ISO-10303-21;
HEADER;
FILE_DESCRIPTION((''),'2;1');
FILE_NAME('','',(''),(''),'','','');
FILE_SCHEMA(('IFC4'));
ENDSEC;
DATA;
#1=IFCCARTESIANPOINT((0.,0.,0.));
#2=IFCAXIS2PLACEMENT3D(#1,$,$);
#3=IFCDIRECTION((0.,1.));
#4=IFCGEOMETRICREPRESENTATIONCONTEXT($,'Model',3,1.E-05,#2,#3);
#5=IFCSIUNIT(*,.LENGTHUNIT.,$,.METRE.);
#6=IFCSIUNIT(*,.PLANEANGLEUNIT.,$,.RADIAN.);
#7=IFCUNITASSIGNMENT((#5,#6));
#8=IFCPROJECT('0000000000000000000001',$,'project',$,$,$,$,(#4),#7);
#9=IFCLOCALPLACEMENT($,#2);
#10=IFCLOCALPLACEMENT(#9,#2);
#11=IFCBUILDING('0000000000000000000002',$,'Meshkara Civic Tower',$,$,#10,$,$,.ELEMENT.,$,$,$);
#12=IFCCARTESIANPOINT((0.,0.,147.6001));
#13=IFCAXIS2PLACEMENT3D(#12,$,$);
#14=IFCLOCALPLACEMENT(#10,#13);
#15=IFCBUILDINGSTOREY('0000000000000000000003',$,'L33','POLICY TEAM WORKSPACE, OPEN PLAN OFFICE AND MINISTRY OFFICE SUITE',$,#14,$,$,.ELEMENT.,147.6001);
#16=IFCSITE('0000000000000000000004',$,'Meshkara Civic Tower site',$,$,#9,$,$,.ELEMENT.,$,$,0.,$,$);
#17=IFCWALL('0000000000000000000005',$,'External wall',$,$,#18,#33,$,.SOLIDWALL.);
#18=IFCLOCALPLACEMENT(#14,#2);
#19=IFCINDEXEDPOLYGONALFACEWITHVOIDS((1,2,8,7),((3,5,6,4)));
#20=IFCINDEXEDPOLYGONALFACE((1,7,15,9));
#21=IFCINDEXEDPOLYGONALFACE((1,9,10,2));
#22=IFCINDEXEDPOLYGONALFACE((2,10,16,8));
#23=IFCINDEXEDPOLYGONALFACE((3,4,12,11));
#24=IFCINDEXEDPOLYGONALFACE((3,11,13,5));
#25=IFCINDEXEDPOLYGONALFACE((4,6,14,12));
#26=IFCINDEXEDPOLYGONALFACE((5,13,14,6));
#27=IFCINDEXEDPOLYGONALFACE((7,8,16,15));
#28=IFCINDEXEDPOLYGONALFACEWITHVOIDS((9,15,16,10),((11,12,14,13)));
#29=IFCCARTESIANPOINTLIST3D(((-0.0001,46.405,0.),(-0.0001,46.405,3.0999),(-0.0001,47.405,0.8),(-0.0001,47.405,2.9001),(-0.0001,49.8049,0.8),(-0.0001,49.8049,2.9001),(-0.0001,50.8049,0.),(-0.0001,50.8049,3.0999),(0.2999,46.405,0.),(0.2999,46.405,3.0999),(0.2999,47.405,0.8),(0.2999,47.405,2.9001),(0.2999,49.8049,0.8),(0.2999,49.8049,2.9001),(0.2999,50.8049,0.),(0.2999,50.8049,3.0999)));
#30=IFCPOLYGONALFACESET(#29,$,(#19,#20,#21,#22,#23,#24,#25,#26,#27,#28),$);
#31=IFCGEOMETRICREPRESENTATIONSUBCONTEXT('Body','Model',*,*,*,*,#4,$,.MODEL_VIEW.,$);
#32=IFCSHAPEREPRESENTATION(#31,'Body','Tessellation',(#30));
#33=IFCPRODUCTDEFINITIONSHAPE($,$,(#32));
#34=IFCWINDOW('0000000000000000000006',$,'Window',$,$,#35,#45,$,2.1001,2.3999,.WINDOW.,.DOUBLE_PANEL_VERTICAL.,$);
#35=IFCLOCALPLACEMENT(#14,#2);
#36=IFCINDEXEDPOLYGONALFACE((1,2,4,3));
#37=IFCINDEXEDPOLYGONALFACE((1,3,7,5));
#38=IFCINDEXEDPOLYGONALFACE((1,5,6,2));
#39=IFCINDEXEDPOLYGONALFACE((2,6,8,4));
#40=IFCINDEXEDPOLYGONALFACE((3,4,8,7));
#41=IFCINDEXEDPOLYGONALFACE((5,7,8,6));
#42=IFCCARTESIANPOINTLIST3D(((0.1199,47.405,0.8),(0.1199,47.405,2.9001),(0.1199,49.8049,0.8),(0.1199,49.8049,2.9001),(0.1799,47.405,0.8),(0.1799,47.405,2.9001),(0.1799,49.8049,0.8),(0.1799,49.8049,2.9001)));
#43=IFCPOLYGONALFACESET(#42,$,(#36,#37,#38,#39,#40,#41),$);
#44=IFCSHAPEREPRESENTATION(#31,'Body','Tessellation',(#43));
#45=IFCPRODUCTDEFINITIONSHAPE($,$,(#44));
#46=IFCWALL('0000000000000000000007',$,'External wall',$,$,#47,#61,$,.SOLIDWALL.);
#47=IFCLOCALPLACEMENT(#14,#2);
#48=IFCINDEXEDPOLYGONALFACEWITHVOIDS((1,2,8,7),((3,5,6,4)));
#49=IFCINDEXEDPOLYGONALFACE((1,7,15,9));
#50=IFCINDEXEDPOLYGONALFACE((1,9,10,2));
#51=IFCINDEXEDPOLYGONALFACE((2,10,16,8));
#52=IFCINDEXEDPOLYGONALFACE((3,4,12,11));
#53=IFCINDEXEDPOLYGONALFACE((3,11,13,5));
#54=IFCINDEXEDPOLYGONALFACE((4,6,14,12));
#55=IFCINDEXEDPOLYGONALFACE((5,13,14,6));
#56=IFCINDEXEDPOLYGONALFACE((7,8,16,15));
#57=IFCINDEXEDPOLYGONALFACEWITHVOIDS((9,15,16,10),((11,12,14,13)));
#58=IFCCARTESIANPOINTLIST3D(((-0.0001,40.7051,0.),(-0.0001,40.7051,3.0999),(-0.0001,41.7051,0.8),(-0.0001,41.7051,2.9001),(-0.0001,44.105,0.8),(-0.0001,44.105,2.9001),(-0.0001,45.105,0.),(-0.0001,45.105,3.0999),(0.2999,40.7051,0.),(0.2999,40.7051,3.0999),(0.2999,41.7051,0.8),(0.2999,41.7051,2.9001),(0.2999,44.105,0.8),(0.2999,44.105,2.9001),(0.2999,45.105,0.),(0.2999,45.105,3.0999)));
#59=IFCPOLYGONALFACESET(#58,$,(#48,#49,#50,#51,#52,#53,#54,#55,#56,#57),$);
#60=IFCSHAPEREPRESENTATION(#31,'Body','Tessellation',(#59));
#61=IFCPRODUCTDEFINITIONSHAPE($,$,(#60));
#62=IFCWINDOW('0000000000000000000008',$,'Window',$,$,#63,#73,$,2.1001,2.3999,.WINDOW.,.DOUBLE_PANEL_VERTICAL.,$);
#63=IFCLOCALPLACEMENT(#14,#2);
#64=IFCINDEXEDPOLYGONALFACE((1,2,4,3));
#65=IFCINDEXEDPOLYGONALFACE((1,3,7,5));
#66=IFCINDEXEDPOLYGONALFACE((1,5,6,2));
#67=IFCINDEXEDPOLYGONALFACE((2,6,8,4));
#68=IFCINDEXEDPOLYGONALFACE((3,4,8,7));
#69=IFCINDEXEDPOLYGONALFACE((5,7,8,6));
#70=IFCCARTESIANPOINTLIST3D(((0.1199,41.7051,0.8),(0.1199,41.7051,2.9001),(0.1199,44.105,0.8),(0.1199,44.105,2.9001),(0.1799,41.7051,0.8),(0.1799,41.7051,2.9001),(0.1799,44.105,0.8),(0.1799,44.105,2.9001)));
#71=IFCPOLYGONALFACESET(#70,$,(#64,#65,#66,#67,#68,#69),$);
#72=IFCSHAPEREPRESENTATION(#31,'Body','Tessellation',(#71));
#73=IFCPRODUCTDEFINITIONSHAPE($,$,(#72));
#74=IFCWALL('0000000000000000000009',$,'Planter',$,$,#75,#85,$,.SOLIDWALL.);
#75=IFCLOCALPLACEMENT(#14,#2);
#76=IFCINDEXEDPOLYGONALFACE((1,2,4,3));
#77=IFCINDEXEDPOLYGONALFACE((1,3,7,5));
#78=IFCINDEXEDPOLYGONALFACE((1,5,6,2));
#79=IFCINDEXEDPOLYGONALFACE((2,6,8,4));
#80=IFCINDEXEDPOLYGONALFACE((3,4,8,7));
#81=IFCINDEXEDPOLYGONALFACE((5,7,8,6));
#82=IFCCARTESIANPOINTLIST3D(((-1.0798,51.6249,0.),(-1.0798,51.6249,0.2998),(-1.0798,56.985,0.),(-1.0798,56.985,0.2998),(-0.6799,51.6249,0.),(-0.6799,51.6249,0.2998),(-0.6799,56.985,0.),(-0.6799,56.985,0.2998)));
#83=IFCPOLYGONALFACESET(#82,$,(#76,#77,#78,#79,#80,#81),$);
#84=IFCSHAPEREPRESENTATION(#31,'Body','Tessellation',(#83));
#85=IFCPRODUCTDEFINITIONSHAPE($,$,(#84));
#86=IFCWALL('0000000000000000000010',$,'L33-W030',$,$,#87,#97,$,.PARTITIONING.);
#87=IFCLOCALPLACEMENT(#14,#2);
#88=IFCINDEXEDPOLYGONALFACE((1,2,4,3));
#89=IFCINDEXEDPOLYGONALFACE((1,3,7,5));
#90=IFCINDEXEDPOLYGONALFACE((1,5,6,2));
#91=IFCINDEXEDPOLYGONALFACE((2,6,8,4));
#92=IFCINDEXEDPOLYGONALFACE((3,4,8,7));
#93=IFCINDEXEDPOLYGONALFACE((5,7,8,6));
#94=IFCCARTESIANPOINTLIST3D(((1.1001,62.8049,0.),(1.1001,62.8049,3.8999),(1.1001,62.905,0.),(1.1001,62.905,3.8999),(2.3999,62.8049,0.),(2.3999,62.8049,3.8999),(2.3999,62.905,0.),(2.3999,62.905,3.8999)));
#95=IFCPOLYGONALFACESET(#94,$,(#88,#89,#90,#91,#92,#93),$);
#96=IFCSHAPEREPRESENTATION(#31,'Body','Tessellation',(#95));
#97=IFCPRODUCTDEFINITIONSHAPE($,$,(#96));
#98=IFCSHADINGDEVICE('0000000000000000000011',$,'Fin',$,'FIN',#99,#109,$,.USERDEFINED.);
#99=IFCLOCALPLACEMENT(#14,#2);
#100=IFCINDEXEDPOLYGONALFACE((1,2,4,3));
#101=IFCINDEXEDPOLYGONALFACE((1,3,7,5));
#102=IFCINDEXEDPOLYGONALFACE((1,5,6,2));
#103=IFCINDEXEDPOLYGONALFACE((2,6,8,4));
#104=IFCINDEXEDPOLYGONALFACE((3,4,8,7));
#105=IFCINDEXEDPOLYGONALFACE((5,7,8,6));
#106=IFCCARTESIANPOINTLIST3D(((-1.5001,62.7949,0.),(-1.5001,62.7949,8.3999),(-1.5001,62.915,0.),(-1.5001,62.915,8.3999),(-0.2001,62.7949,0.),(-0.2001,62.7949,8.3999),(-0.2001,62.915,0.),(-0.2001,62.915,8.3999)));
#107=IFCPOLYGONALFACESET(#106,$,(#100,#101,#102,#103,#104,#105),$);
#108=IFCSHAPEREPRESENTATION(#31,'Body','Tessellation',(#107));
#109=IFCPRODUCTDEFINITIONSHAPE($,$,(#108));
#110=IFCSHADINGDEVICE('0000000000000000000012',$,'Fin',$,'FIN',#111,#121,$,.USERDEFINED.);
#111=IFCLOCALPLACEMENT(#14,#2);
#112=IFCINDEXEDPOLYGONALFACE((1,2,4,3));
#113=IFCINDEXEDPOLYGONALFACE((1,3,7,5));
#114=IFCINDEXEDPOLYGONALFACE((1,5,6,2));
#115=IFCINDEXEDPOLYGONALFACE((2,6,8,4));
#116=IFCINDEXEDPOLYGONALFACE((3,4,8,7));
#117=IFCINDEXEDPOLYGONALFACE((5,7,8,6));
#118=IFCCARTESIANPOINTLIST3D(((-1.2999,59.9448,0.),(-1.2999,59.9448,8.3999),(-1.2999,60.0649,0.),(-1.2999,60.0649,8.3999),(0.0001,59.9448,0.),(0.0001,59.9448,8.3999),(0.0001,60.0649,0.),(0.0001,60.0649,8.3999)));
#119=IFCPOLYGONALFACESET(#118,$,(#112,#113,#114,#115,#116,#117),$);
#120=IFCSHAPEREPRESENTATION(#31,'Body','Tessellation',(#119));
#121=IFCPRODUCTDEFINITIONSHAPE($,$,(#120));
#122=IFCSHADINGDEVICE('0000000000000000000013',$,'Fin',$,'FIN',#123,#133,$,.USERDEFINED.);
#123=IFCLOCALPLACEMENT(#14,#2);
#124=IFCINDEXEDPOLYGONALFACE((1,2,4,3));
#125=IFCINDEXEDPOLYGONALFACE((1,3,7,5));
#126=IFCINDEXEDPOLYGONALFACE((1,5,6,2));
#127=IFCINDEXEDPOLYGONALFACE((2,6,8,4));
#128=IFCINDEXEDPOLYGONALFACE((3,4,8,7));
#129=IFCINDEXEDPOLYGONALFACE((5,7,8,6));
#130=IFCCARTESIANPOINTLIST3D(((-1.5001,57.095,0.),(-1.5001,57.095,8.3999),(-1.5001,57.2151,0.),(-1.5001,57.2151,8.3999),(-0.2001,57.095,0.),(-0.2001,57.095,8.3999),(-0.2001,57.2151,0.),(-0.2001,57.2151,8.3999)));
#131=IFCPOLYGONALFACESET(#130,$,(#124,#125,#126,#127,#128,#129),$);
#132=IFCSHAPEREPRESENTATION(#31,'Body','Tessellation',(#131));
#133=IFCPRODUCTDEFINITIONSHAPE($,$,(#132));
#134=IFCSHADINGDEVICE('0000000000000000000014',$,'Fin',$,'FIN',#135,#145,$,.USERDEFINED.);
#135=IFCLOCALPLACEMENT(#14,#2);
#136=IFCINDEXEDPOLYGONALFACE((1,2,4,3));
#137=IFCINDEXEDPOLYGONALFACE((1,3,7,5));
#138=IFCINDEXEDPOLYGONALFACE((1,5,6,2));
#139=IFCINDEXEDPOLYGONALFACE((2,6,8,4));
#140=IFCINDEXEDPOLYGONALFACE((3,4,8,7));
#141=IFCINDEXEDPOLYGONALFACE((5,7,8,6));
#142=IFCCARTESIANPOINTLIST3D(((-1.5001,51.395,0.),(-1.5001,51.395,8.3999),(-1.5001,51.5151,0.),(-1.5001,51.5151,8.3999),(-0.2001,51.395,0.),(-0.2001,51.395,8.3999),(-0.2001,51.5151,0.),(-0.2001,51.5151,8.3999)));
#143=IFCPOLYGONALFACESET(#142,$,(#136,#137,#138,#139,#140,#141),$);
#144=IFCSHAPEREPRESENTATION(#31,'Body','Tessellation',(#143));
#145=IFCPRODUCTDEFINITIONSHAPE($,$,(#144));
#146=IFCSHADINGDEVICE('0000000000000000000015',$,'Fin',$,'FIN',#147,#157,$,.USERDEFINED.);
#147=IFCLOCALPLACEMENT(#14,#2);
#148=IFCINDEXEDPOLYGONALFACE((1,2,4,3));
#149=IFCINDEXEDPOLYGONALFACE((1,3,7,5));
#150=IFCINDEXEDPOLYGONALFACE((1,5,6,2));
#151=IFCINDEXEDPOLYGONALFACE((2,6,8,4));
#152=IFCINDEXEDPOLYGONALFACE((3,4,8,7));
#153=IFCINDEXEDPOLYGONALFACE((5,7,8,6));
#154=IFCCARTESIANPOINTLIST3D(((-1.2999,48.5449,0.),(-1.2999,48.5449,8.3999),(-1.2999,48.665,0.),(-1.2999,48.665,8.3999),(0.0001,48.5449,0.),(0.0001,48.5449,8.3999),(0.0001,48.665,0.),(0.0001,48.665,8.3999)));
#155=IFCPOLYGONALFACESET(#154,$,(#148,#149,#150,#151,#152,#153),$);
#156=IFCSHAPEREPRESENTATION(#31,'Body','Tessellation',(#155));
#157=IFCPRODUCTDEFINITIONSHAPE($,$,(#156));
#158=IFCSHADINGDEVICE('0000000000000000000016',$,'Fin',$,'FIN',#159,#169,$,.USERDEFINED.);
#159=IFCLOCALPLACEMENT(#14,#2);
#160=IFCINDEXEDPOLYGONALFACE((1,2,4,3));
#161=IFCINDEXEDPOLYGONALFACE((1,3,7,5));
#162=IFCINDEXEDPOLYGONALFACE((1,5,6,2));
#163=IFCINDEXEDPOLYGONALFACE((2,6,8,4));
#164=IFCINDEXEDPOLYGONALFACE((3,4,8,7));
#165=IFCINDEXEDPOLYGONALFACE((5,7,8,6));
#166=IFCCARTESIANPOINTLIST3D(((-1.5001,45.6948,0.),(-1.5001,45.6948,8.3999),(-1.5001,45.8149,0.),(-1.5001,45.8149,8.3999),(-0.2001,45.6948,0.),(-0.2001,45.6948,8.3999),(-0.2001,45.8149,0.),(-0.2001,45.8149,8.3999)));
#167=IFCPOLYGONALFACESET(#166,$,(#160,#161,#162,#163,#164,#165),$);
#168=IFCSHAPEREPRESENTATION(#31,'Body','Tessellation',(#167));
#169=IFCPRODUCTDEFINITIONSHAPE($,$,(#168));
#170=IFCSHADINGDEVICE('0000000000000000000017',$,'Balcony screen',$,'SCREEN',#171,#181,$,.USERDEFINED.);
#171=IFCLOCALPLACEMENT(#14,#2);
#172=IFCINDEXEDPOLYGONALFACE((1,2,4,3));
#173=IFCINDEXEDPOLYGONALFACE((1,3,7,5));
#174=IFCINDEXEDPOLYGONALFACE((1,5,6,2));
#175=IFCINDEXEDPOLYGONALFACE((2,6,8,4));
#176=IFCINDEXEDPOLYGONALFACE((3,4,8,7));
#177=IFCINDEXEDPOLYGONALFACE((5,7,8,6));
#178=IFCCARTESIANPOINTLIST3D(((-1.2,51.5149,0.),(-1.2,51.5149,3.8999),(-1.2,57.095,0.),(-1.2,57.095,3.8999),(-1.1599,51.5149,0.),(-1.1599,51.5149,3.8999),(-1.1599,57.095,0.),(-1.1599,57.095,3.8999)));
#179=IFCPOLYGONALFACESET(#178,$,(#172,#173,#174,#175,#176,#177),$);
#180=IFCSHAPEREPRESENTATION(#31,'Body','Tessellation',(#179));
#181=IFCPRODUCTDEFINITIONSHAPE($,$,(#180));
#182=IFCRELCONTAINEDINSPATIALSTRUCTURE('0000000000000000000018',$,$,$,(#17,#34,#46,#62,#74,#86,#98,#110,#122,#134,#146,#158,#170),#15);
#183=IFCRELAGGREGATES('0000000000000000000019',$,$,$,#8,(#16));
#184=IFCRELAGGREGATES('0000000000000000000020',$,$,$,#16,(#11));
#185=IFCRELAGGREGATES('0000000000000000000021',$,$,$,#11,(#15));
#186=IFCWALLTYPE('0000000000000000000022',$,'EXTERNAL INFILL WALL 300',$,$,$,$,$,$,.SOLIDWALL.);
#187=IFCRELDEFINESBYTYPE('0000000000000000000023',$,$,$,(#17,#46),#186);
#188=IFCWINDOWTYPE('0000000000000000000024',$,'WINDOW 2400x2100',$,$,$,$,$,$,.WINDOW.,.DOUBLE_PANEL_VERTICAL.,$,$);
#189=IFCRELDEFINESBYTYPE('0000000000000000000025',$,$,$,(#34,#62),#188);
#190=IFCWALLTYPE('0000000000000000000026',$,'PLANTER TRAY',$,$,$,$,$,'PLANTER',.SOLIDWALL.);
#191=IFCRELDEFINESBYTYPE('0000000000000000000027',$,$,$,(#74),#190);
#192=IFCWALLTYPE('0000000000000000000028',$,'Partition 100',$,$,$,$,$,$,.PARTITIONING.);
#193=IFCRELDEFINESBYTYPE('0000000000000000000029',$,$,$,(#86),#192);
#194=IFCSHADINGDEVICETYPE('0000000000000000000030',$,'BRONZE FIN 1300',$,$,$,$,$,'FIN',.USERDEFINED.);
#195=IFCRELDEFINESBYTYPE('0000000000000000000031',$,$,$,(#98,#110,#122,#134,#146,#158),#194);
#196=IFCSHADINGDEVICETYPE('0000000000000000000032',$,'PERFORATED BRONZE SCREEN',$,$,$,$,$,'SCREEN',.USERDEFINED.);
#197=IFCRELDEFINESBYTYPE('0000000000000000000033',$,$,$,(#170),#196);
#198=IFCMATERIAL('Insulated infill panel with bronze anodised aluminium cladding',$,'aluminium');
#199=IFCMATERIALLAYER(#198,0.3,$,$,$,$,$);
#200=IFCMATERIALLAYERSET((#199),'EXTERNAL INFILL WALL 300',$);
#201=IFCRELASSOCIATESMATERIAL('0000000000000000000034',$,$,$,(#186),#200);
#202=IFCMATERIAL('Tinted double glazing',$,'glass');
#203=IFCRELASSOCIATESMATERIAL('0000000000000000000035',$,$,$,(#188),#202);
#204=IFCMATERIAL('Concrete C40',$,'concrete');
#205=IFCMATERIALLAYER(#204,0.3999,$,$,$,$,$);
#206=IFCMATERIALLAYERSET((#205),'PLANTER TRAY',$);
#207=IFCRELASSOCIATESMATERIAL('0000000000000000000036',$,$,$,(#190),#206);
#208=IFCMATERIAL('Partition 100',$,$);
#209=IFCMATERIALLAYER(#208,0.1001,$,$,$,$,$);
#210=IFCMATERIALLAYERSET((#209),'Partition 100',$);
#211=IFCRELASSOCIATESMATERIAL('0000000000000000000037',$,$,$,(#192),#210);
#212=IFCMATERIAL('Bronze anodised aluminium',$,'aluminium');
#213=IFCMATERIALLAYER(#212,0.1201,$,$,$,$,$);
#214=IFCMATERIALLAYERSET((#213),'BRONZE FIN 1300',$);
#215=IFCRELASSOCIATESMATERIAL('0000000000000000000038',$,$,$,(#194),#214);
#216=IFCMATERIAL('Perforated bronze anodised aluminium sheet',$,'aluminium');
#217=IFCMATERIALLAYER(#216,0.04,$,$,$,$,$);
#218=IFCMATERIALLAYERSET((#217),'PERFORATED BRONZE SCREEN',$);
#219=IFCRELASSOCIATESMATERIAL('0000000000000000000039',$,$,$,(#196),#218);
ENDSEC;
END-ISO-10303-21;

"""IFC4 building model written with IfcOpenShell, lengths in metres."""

from ifc_helpers import new_model, si_unit, direction, frame, frame_2d, origin, origin_2d, place, context, subcontext, project, spatial, rectangle, extrude, material, layer, layer_set, type_object, element, fill, save


model = new_model("IFC4")

# Units and contexts
model_context = context("Model", 3, precision=1e-05, world=origin(), true_north=direction((0.0, 1.0)))
body_context = subcontext(model_context, "Body", "Model", "MODEL_VIEW")
ifc_project = project(units=[si_unit("LENGTHUNIT", "METRE"), si_unit("PLANEANGLEUNIT", "RADIAN")], contexts=[model_context])

# Site, building, storey
site_placement = place(None, origin())
site = spatial("IfcSite", under=ifc_project, at=site_placement, Name="Meshkara Civic Tower site", CompositionType="ELEMENT", RefElevation=0.0)
building_placement = place(site_placement, origin())
building = spatial("IfcBuilding", under=site, at=building_placement, Name="Meshkara Civic Tower", CompositionType="ELEMENT")
storey_placement = place(building_placement, frame((0.0, 0.0, 147.6001)))
storey = spatial("IfcBuildingStorey", under=building, at=storey_placement, Name="L33", Description="POLICY TEAM WORKSPACE, OPEN PLAN OFFICE AND MINISTRY OFFICE SUITE", CompositionType="ELEMENT", Elevation=147.6001)

# Walls, openings, windows
ifc_material_1 = material(Name="Insulated infill panel with bronze anodised aluminium cladding", Category="aluminium")
ifc_layer_1 = layer(ifc_material_1, 0.3)
ifc_layer_set_1 = layer_set([ifc_layer_1], Name="EXTERNAL INFILL WALL 300")
wall_type_1 = type_object("IfcWallType", Name="EXTERNAL INFILL WALL 300", PredefinedType="SOLIDWALL", material=ifc_layer_set_1)
ifc_material_2 = material(Name="Tinted double glazing", Category="glass")
window_type = type_object("IfcWindowType", Name="WINDOW 2400x2100", PartitioningType="DOUBLE_PANEL_VERTICAL", PredefinedType="WINDOW", material=ifc_material_2)
wall_1_placement = place(storey_placement, frame((0.1499, 50.8049, 0.0), z_axis=(0.0, 0.0, 1.0), x_axis=(0.0, -1.0, 0.0)))
wall_1 = element("IfcWall", 1, at=wall_1_placement, inside=storey, type_object=wall_type_1, Name="External wall", PredefinedType="SOLIDWALL", context=body_context, shape_type="SweptSolid", body=[
    extrude(rectangle(XDim=4.3999, YDim=0.3, at=frame_2d((2.2, 0.0))), origin(), (0.0, 0.0, 1.0), 3.0999),
])
opening_1_placement = place(wall_1_placement, frame((1.0, 0.0, 0.8)))
opening_1 = element("IfcOpeningElement", 2, at=opening_1_placement, cuts=wall_1, PredefinedType="OPENING", context=body_context, shape_type="SweptSolid", body=[
    extrude(rectangle(XDim=2.3999, YDim=2.1001, at=frame_2d((1.2, 1.05))), frame((0.0, 0.1599, 0.0), z_axis=(0.0, -1.0, 0.0), x_axis=(1.0, 0.0, 0.0)), (0.0, 0.0, 1.0), 0.3201),
])
window_1_placement = place(opening_1_placement, origin())
window_1 = element("IfcWindow", 3, at=window_1_placement, inside=storey, type_object=window_type, Name="Window", OverallHeight=2.1001, OverallWidth=2.3999, PartitioningType="DOUBLE_PANEL_VERTICAL", PredefinedType="WINDOW", context=body_context, shape_type="SweptSolid", body=[
    extrude(rectangle(XDim=2.3999, YDim=2.1001, at=frame_2d((1.2, 1.05))), frame((0.0, 0.03, 0.0), z_axis=(0.0, -1.0, 0.0), x_axis=(1.0, 0.0, 0.0)), (0.0, 0.0, 1.0), 0.0601),
])
fill(opening_1, window_1)
wall_2_placement = place(storey_placement, frame((0.1499, 45.105, 0.0), z_axis=(0.0, 0.0, 1.0), x_axis=(0.0, -1.0, 0.0)))
wall_2 = element("IfcWall", 4, at=wall_2_placement, inside=storey, type_object=wall_type_1, Name="External wall", PredefinedType="SOLIDWALL", context=body_context, shape_type="SweptSolid", body=[
    extrude(rectangle(XDim=4.3999, YDim=0.3, at=frame_2d((2.2, 0.0))), origin(), (0.0, 0.0, 1.0), 3.0999),
])
opening_2_placement = place(wall_2_placement, frame((1.0, 0.0, 0.8)))
opening_2 = element("IfcOpeningElement", 5, at=opening_2_placement, cuts=wall_2, PredefinedType="OPENING", context=body_context, shape_type="SweptSolid", body=[
    extrude(rectangle(XDim=2.3999, YDim=2.1001, at=frame_2d((1.2, 1.05))), frame((0.0, 0.1599, 0.0), z_axis=(0.0, -1.0, 0.0), x_axis=(1.0, 0.0, 0.0)), (0.0, 0.0, 1.0), 0.3201),
])
window_2_placement = place(opening_2_placement, origin())
window_2 = element("IfcWindow", 6, at=window_2_placement, inside=storey, type_object=window_type, Name="Window", OverallHeight=2.1001, OverallWidth=2.3999, PartitioningType="DOUBLE_PANEL_VERTICAL", PredefinedType="WINDOW", context=body_context, shape_type="SweptSolid", body=[
    extrude(rectangle(XDim=2.3999, YDim=2.1001, at=frame_2d((1.2, 1.05))), frame((0.0, 0.03, 0.0), z_axis=(0.0, -1.0, 0.0), x_axis=(1.0, 0.0, 0.0)), (0.0, 0.0, 1.0), 0.0601),
])
fill(opening_2, window_2)

# Walls
ifc_material_3 = material(Name="Concrete C40", Category="concrete")
ifc_layer_2 = layer(ifc_material_3, 0.3999)
ifc_layer_set_2 = layer_set([ifc_layer_2], Name="PLANTER TRAY")
wall_type_2 = type_object("IfcWallType", Name="PLANTER TRAY", ElementType="PLANTER", PredefinedType="SOLIDWALL", material=ifc_layer_set_2)
wall_3_placement = place(storey_placement, frame((-0.8799, 56.9851, 0.0), z_axis=(0.0, 0.0, 1.0), x_axis=(0.0, -1.0, 0.0)))
element("IfcWall", 7, at=wall_3_placement, inside=storey, type_object=wall_type_2, Name="Planter", PredefinedType="SOLIDWALL", context=body_context, shape_type="SweptSolid", body=[
    extrude(rectangle(XDim=5.3601, YDim=0.3999, at=frame_2d((2.6802, 0.0))), origin(), (0.0, 0.0, 1.0), 0.2998),
])
ifc_material_4 = material(Name="Partition 100")
ifc_layer_3 = layer(ifc_material_4, 0.1001)
ifc_layer_set_3 = layer_set([ifc_layer_3], Name="Partition 100")
wall_type_3 = type_object("IfcWallType", Name="Partition 100", PredefinedType="PARTITIONING", material=ifc_layer_set_3)
wall_4_placement = place(storey_placement, frame((2.3999, 62.855, 0.0), z_axis=(0.0, 0.0, 1.0), x_axis=(-1.0, 0.0, 0.0)))
element("IfcWall", 8, at=wall_4_placement, inside=storey, type_object=wall_type_3, Name="L33-W030", PredefinedType="PARTITIONING", context=body_context, shape_type="SweptSolid", body=[
    extrude(rectangle(XDim=1.2998, YDim=0.1001, at=frame_2d((0.6499, 0.0))), origin(), (0.0, 0.0, 1.0), 3.8999),
])

# Shading devices
ifc_material_5 = material(Name="Bronze anodised aluminium", Category="aluminium")
ifc_layer_4 = layer(ifc_material_5, 0.1201)
ifc_layer_set_4 = layer_set([ifc_layer_4], Name="BRONZE FIN 1300")
shading_device_type_1 = type_object("IfcShadingDeviceType", Name="BRONZE FIN 1300", ElementType="FIN", PredefinedType="USERDEFINED", material=ifc_layer_set_4)
for number, where, z_axis, x_axis, name in (
    (9, (-0.8501, 62.855, 0.0), (0.0, 0.0, 1.0), (0.0, -1.0, 0.0), "Fin"),
    (10, (-0.6499, 60.0049, 0.0), (0.0, 0.0, 1.0), (0.0, -1.0, 0.0), "Fin"),
    (11, (-0.8501, 57.155, 0.0), (0.0, 0.0, 1.0), (0.0, -1.0, 0.0), "Fin"),
    (12, (-0.8501, 51.4551, 0.0), (0.0, 0.0, 1.0), (0.0, -1.0, 0.0), "Fin"),
    (13, (-0.6499, 48.605, 0.0), (0.0, 0.0, 1.0), (0.0, -1.0, 0.0), "Fin"),
    (14, (-0.8501, 45.7549, 0.0), (0.0, 0.0, 1.0), (0.0, -1.0, 0.0), "Fin"),
):
    element("IfcShadingDevice", number, at=place(storey_placement, frame(where, z_axis=z_axis, x_axis=x_axis)), inside=storey, type_object=shading_device_type_1, Name=name, ObjectType="FIN", PredefinedType="USERDEFINED", context=body_context, shape_type="SweptSolid", body=[
        extrude(rectangle(XDim=0.1201, YDim=1.3, at=origin_2d()), origin(), (0.0, 0.0, 1.0), 8.3999),
    ])
ifc_material_6 = material(Name="Perforated bronze anodised aluminium sheet", Category="aluminium")
ifc_layer_5 = layer(ifc_material_6, 0.04)
ifc_layer_set_5 = layer_set([ifc_layer_5], Name="PERFORATED BRONZE SCREEN")
shading_device_type_2 = type_object("IfcShadingDeviceType", Name="PERFORATED BRONZE SCREEN", ElementType="SCREEN", PredefinedType="USERDEFINED", material=ifc_layer_set_5)
shading_device_placement = place(storey_placement, frame((-1.1799, 54.3049, 0.0), z_axis=(0.0, 0.0, 1.0), x_axis=(0.0, -1.0, 0.0)))
element("IfcShadingDevice", 15, at=shading_device_placement, inside=storey, type_object=shading_device_type_2, Name="Balcony screen", ObjectType="SCREEN", PredefinedType="USERDEFINED", context=body_context, shape_type="SweptSolid", body=[
    extrude(rectangle(XDim=5.5801, YDim=0.04, at=origin_2d()), origin(), (0.0, 0.0, 1.0), 3.8999),
])

save(model, "model.ifc")
